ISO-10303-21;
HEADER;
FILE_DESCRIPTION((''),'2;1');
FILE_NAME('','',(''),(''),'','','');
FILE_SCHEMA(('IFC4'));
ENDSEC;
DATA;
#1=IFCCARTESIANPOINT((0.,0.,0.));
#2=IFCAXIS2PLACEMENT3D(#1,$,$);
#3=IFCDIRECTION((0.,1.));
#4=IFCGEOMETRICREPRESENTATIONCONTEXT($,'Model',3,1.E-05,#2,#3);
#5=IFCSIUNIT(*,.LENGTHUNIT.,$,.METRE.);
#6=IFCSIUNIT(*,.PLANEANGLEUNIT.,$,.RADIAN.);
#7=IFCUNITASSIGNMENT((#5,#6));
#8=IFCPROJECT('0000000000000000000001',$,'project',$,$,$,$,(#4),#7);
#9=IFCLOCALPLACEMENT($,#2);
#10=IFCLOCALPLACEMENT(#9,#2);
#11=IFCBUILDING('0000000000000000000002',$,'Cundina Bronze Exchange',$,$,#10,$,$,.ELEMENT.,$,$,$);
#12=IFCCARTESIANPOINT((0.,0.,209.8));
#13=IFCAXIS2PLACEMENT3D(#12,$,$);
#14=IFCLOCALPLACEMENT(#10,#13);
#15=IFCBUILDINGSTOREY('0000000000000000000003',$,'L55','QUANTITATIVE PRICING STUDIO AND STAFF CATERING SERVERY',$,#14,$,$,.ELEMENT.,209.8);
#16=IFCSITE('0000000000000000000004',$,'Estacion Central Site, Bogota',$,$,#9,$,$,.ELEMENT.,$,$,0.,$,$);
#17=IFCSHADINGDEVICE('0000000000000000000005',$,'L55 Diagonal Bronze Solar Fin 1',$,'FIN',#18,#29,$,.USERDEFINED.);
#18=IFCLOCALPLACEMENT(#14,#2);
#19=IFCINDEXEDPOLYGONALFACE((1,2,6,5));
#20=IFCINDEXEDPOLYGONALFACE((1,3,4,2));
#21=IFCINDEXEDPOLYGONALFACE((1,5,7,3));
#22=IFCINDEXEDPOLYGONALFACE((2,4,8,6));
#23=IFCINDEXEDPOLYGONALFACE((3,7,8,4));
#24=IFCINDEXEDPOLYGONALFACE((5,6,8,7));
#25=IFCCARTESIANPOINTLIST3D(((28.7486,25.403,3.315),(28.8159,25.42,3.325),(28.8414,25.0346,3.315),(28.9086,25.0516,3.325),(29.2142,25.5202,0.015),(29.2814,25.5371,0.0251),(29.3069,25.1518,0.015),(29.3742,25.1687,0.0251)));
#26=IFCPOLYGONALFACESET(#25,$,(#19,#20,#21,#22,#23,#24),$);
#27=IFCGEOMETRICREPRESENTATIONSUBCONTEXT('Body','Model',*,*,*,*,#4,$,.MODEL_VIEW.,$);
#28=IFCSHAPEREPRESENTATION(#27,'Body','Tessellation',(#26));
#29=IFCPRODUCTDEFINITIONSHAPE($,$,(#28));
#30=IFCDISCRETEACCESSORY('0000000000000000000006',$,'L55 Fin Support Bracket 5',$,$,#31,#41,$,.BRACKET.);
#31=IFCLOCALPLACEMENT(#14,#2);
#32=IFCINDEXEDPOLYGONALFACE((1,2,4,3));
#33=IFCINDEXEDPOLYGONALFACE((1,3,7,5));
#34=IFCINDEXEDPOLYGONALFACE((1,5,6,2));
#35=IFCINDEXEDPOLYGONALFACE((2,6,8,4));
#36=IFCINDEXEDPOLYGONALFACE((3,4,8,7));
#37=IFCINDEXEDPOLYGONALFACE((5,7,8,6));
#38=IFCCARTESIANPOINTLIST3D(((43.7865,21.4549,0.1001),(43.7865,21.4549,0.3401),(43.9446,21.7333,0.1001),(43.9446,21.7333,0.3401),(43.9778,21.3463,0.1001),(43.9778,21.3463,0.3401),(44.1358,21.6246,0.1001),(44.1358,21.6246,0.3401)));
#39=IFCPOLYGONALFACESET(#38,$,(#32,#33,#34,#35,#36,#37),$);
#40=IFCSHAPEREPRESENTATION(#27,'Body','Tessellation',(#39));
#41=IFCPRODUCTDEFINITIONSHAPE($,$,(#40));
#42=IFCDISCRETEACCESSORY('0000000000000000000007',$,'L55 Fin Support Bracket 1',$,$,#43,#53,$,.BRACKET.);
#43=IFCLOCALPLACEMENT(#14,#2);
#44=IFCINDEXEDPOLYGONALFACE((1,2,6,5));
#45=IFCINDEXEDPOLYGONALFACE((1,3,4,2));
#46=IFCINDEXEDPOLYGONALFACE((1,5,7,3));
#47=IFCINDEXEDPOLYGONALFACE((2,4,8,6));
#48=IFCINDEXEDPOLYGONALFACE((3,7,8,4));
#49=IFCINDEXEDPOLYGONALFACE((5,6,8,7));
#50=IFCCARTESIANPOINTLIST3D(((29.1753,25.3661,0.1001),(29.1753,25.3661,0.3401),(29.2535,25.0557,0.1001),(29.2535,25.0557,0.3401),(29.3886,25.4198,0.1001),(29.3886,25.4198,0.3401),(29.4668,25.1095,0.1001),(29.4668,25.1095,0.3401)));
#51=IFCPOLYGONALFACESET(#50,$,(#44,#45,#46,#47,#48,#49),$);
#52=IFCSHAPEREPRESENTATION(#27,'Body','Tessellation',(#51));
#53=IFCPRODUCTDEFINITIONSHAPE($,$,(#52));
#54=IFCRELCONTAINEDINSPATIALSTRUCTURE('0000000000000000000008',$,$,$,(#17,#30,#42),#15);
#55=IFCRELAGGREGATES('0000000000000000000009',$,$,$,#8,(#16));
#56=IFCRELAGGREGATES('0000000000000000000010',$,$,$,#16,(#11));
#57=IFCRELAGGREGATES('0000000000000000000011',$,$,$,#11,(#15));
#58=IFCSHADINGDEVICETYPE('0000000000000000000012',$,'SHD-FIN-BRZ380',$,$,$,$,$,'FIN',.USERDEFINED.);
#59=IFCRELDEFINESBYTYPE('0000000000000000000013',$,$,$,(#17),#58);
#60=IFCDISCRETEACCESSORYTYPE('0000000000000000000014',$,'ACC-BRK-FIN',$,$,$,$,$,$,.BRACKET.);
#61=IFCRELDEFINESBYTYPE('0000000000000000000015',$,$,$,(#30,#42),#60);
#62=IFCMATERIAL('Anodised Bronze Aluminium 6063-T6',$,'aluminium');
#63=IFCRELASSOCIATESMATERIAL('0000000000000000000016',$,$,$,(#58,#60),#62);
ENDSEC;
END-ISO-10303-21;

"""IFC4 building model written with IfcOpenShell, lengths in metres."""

from ifc_helpers import new_model, si_unit, direction, frame, origin, origin_2d, place, context, subcontext, project, spatial, rectangle, extrude, material, material_profile, profile_set, type_object, element, save


model = new_model("IFC4")

# Units and contexts
model_context = context("Model", 3, precision=1e-05, world=origin(), true_north=direction((0.0, 1.0)))
body_context = subcontext(model_context, "Body", "Model", "MODEL_VIEW")
ifc_project = project(units=[si_unit("LENGTHUNIT", "METRE"), si_unit("PLANEANGLEUNIT", "RADIAN")], contexts=[model_context])

# Site, building, storey
site_placement = place(None, origin())
site = spatial("IfcSite", under=ifc_project, at=site_placement, Name="Estacion Central Site, Bogota", CompositionType="ELEMENT", RefElevation=0.0)
building_placement = place(site_placement, origin())
building = spatial("IfcBuilding", under=site, at=building_placement, Name="Cundina Bronze Exchange", CompositionType="ELEMENT")
storey_placement = place(building_placement, frame((0.0, 0.0, 209.8)))
storey = spatial("IfcBuildingStorey", under=building, at=storey_placement, Name="L55", Description="QUANTITATIVE PRICING STUDIO AND STAFF CATERING SERVERY", CompositionType="ELEMENT", Elevation=209.8)

# Shared definitions
ifc_material_1 = material(Name="Anodised Bronze Aluminium 6063-T6", Category="aluminium")

# Shading device
ifc_material_profile_1 = material_profile(ifc_material_1, rectangle(XDim=0.0701, YDim=0.3799, at=origin_2d()), Name="FIN70X380", Category="aluminium")
ifc_profile_set_1 = profile_set([ifc_material_profile_1], Name="Anodised Bronze Aluminium 6063-T6")
shading_device_type = type_object("IfcShadingDeviceType", Name="SHD-FIN-BRZ380", ElementType="FIN", PredefinedType="USERDEFINED", material=ifc_profile_set_1)
for number, where, z_axis, x_axis, name in (
    (1, (29.2942, 25.3445, 0.02), (-0.139612, -0.035141, 0.989583), (0.95965, 0.241548, 0.143967), "L55 Diagonal Bronze Solar Fin 1"),
):
    element("IfcShadingDevice", number, at=place(storey_placement, frame(where, z_axis=z_axis, x_axis=x_axis)), inside=storey, type_object=shading_device_type, Name=name, ObjectType="FIN", PredefinedType="USERDEFINED", context=body_context, shape_type="SweptSolid", body=[
        extrude(rectangle(XDim=0.0701, YDim=0.3799, at=origin_2d()), origin(), (0.0, 0.0, 1.0), 3.3347),
    ])

# Discrete accessories
discrete_accessory_type = type_object("IfcDiscreteAccessoryType", Name="ACC-BRK-FIN", PredefinedType="BRACKET", material=ifc_material_1)
for number, where, z_axis, x_axis, name in (
    (2, (43.9612, 21.5398, 0.1001), (0.0, 0.0, 1.0), (-0.869573, 0.493805, 0.0), "L55 Fin Support Bracket 5"),
    (3, (29.321, 25.2378, 0.1001), (0.0, 0.0, 1.0), (-0.969732, -0.244174, 0.0), "L55 Fin Support Bracket 1"),
):
    element("IfcDiscreteAccessory", number, at=place(storey_placement, frame(where, z_axis=z_axis, x_axis=x_axis)), inside=storey, type_object=discrete_accessory_type, Name=name, PredefinedType="BRACKET", context=body_context, shape_type="SweptSolid", body=[
        extrude(rectangle(XDim=0.22, YDim=0.3201, at=origin_2d()), origin(), (0.0, 0.0, 1.0), 0.24),
    ])

save(model, "model.ifc")
